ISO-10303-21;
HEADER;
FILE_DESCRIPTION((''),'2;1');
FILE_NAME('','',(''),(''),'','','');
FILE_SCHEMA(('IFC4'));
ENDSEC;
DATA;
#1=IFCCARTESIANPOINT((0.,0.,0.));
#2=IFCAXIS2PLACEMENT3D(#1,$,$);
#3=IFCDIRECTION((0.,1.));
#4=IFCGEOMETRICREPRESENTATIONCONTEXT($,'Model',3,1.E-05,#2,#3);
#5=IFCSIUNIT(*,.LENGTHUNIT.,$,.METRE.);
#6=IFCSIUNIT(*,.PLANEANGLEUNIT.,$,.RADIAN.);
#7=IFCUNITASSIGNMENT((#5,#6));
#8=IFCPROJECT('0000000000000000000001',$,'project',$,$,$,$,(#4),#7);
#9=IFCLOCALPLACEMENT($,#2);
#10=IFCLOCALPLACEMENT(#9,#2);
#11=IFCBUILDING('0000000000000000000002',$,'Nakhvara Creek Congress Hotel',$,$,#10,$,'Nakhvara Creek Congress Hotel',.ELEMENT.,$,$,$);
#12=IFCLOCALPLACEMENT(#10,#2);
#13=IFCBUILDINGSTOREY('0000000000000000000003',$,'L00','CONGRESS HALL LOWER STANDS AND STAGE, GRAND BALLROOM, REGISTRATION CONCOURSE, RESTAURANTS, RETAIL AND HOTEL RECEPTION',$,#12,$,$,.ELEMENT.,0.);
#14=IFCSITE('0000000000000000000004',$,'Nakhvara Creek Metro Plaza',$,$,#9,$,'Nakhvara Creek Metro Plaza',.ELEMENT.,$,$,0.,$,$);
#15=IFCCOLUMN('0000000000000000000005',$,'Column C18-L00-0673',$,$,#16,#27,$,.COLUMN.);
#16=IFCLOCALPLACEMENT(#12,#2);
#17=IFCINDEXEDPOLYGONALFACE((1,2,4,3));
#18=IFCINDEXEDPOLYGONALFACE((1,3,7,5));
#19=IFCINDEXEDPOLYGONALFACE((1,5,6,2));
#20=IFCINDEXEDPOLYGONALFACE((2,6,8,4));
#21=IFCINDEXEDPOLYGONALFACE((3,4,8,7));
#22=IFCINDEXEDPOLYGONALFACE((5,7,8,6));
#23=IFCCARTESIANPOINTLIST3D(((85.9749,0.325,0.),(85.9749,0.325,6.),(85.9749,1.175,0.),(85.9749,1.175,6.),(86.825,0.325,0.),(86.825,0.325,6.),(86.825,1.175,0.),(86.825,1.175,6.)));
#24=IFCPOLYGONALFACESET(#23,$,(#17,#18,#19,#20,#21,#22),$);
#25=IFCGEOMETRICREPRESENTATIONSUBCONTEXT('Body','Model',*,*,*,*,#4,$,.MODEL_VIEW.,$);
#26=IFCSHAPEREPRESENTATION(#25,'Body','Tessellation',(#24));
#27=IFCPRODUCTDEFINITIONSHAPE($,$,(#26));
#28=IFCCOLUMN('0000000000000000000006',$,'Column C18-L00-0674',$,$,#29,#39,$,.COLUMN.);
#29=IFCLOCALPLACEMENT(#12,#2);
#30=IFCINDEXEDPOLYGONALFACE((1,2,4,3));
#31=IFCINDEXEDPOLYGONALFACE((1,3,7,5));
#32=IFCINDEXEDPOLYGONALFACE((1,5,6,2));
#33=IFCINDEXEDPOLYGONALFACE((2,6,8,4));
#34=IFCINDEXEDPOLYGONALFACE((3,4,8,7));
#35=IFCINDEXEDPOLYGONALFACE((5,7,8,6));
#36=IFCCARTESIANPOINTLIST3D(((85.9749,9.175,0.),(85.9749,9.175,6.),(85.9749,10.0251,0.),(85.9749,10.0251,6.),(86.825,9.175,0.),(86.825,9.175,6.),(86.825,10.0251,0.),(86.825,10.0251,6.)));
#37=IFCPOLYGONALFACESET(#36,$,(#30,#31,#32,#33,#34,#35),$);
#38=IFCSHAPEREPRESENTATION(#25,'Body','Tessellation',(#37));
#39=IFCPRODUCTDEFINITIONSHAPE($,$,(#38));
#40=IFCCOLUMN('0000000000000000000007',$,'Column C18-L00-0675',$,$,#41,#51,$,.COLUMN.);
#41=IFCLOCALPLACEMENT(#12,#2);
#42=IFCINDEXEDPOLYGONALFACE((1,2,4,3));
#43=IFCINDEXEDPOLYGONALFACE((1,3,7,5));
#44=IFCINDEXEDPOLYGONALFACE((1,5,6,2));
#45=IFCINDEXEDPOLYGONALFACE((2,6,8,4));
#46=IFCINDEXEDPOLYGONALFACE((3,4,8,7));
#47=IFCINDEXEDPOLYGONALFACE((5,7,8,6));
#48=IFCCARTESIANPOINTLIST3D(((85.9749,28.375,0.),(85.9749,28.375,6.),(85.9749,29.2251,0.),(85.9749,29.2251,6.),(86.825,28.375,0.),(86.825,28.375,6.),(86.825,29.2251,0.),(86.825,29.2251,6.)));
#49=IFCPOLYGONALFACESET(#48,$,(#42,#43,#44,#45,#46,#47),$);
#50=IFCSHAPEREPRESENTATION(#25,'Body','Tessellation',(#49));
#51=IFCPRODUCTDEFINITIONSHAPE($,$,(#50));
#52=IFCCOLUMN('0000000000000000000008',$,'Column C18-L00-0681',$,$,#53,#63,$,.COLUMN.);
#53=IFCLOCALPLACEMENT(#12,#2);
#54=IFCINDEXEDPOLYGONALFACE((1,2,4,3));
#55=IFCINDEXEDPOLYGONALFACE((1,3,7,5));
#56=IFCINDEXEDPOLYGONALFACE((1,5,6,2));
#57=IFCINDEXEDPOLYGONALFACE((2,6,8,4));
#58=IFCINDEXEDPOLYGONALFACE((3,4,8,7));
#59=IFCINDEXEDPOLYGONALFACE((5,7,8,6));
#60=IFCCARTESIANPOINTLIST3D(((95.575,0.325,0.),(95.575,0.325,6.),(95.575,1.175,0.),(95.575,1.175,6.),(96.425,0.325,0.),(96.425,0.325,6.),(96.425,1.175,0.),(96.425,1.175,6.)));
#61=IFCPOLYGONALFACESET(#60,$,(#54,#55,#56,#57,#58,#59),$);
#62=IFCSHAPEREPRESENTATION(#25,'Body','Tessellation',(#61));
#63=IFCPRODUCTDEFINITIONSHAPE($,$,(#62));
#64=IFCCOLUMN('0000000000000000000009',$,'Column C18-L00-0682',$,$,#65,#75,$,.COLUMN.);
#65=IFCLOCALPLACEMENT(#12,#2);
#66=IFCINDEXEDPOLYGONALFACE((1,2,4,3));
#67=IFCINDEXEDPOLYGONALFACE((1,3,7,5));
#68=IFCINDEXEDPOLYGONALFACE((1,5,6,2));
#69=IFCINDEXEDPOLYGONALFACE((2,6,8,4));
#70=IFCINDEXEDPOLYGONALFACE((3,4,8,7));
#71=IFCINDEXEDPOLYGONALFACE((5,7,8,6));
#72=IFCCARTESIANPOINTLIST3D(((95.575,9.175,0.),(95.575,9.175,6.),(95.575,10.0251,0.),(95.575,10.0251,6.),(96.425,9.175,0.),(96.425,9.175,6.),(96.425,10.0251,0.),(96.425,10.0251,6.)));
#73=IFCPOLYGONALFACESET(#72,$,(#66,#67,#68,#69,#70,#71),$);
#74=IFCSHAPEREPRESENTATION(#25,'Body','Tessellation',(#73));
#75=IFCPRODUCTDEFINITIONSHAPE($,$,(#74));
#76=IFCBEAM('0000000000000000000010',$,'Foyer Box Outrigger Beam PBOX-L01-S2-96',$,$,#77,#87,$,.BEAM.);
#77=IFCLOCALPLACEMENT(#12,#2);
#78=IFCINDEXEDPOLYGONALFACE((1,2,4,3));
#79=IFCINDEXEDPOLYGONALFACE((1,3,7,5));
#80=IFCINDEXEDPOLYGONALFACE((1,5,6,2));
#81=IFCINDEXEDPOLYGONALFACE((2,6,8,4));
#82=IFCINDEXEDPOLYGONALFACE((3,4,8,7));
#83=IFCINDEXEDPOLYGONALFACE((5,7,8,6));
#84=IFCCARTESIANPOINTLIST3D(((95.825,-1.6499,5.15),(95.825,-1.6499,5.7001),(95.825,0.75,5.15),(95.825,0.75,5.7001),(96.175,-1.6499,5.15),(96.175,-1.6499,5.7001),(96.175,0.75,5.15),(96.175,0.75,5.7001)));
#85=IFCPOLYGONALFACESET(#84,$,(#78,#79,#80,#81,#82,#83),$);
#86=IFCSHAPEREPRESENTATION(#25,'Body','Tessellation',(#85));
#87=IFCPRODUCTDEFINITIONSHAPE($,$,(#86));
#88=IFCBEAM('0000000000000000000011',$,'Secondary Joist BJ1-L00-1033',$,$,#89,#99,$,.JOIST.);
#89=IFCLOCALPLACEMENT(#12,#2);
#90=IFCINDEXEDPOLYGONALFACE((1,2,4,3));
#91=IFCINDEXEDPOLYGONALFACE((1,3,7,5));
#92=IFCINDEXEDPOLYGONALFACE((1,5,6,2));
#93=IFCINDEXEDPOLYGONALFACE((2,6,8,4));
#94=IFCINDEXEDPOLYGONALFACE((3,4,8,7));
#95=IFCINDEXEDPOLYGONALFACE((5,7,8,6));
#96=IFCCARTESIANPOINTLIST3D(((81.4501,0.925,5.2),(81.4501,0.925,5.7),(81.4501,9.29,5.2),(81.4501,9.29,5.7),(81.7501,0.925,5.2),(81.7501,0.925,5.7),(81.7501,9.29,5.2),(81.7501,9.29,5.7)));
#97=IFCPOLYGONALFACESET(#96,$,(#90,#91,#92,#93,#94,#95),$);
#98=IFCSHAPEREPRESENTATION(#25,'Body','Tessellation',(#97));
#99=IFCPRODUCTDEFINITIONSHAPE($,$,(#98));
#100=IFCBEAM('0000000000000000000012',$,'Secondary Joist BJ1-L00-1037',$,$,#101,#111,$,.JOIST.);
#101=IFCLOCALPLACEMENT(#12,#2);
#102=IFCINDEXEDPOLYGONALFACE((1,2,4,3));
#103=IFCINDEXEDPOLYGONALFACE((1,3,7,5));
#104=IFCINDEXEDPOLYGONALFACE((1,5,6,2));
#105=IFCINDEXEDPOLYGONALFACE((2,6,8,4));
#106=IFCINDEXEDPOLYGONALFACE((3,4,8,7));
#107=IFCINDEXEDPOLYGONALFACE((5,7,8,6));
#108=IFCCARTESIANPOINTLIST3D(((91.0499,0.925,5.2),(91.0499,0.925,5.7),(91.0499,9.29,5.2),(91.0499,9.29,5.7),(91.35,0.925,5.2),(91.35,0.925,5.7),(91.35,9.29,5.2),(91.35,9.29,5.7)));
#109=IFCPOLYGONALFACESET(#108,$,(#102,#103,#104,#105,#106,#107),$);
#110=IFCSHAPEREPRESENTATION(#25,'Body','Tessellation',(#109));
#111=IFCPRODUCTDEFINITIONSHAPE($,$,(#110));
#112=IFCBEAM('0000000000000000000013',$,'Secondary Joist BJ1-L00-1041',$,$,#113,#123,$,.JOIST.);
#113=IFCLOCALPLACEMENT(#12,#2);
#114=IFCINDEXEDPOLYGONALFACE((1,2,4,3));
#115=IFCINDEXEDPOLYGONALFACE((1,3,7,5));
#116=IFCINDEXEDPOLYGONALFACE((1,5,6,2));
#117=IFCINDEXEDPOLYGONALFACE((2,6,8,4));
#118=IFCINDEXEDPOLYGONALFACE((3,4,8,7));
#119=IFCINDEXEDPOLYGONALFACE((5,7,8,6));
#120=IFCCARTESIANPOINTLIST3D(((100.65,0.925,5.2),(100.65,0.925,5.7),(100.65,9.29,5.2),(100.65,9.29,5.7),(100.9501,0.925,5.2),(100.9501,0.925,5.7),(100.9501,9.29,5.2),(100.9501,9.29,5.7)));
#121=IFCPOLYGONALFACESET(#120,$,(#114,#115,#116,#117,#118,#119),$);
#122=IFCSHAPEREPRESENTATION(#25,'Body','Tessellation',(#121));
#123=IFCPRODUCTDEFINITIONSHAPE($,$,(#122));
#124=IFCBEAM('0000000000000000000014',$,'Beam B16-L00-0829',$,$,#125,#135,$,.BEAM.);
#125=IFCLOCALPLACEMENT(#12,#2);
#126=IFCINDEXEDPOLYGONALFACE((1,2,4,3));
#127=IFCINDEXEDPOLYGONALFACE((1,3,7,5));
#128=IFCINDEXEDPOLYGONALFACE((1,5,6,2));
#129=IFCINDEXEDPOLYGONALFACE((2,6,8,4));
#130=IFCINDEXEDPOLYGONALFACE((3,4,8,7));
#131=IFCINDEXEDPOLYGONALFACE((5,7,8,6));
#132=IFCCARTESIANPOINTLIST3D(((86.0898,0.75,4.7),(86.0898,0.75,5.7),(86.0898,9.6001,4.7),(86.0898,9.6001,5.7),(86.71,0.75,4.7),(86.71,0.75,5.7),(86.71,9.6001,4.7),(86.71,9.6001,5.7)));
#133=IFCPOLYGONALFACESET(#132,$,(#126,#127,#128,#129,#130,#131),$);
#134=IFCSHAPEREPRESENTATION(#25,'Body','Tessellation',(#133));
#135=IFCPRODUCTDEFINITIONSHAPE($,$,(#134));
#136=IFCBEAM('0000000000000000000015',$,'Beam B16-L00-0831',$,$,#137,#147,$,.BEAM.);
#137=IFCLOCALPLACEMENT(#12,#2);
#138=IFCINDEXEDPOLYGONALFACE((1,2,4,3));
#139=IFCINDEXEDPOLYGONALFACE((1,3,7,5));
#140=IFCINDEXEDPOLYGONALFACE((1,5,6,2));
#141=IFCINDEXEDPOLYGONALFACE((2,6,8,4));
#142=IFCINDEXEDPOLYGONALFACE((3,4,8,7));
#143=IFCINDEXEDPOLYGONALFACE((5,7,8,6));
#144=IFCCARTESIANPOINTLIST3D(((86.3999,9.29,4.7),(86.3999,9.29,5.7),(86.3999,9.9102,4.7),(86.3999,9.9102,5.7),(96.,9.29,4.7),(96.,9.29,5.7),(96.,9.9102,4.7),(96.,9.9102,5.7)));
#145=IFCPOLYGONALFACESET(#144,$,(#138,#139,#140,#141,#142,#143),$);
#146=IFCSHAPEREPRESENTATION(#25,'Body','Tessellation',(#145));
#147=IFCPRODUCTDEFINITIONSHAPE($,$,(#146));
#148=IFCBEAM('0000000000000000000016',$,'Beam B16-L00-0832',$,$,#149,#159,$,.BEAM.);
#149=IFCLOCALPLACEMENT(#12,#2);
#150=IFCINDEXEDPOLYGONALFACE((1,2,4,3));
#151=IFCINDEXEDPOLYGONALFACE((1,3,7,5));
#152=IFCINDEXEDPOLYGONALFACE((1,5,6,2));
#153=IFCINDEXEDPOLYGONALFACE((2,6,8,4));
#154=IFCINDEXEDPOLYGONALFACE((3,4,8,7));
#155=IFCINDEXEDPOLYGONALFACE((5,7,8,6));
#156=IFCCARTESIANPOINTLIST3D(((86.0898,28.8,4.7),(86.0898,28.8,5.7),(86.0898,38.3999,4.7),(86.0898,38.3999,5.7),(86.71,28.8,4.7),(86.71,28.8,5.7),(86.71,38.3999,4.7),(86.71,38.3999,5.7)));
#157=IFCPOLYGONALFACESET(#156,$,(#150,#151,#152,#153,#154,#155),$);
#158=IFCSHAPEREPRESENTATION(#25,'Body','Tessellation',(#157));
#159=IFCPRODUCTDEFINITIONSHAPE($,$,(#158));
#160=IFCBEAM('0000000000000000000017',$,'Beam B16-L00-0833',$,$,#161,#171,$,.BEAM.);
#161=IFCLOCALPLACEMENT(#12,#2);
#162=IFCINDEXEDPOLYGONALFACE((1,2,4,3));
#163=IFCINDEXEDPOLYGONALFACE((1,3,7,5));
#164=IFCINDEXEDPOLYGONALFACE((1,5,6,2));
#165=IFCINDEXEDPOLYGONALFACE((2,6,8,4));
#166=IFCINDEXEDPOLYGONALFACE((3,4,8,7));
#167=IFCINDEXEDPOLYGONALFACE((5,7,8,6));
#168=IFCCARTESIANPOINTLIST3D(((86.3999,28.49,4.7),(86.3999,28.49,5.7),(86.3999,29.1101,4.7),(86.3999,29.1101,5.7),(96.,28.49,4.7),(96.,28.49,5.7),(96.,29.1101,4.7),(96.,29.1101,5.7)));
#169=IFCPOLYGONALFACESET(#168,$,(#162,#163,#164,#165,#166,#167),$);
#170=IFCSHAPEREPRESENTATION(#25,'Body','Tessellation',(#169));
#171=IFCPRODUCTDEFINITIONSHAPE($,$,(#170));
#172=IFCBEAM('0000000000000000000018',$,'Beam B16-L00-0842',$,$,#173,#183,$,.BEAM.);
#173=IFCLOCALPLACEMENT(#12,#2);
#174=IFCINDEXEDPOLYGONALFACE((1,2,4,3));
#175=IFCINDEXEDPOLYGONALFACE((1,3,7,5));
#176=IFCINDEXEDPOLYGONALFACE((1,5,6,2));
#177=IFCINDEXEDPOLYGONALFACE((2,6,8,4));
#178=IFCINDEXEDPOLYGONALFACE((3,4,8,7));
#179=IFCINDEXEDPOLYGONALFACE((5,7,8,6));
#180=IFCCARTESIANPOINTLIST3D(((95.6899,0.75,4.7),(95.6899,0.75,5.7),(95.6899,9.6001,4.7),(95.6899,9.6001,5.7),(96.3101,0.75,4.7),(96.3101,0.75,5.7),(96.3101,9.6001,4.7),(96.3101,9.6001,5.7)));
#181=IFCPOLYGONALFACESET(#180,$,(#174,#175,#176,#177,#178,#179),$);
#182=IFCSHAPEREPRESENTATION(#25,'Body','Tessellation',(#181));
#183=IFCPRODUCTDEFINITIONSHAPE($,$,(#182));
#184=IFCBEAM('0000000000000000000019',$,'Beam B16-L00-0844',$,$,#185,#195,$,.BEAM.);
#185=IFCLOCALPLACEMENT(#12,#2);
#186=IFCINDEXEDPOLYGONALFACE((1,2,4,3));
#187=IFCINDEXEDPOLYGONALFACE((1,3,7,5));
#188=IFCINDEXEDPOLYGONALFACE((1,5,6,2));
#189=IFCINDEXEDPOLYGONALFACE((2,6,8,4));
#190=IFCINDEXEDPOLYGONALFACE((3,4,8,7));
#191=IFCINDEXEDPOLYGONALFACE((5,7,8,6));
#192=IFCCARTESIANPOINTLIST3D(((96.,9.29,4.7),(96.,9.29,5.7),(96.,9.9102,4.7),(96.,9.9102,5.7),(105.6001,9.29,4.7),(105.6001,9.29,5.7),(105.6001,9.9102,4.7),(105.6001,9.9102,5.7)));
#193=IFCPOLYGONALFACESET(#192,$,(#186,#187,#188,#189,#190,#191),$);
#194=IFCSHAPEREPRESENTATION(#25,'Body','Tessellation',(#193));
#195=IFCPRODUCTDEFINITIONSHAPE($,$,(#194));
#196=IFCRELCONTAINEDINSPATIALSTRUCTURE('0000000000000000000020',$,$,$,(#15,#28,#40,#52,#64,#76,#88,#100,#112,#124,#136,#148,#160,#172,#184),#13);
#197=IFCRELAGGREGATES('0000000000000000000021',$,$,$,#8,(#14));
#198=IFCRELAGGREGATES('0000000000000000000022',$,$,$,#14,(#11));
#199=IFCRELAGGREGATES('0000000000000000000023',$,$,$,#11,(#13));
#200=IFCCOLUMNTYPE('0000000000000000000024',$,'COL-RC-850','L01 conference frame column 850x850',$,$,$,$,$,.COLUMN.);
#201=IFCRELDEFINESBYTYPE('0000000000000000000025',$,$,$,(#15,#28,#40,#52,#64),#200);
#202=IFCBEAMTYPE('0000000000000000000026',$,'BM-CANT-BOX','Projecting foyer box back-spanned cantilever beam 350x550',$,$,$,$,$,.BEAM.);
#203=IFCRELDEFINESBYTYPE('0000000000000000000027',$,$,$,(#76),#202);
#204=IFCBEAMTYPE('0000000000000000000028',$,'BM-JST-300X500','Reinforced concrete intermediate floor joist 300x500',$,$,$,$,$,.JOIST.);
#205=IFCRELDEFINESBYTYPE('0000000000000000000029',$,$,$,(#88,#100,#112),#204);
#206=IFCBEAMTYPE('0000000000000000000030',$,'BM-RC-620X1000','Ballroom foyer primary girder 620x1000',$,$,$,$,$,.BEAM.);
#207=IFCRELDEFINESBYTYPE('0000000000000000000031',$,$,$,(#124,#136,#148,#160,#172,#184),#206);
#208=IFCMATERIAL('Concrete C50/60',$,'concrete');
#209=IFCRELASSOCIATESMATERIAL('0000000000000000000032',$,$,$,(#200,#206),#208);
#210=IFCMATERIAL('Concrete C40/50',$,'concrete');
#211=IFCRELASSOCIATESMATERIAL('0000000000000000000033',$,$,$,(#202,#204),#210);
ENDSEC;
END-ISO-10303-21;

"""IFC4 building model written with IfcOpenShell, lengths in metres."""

from ifc_helpers import new_model, si_unit, direction, frame, origin, origin_2d, place, context, subcontext, project, spatial, rectangle, extrude, material, material_profile, profile_set, type_object, element, save


model = new_model("IFC4")

# Units and contexts
model_context = context("Model", 3, precision=1e-05, world=origin(), true_north=direction((0.0, 1.0)))
body_context = subcontext(model_context, "Body", "Model", "MODEL_VIEW")
ifc_project = project(units=[si_unit("LENGTHUNIT", "METRE"), si_unit("PLANEANGLEUNIT", "RADIAN")], contexts=[model_context])

# Site, building, storey
site_placement = place(None, origin())
site = spatial("IfcSite", under=ifc_project, at=site_placement, Name="Nakhvara Creek Metro Plaza", LongName="Nakhvara Creek Metro Plaza", CompositionType="ELEMENT", RefElevation=0.0)
building_placement = place(site_placement, origin())
building = spatial("IfcBuilding", under=site, at=building_placement, Name="Nakhvara Creek Congress Hotel", LongName="Nakhvara Creek Congress Hotel", CompositionType="ELEMENT")
storey_placement = place(building_placement, origin())
storey = spatial("IfcBuildingStorey", under=building, at=storey_placement, Name="L00", Description="CONGRESS HALL LOWER STANDS AND STAGE, GRAND BALLROOM, REGISTRATION CONCOURSE, RESTAURANTS, RETAIL AND HOTEL RECEPTION", CompositionType="ELEMENT", Elevation=0.0)

# Columns
ifc_material_1 = material(Name="Concrete C50/60", Category="concrete")
ifc_material_profile_1 = material_profile(ifc_material_1, rectangle(XDim=0.8501, YDim=0.8501, at=origin_2d()), Name="RC-COL 850x850", Category="LoadBearing")
ifc_profile_set_1 = profile_set([ifc_material_profile_1], Name="Concrete C50/60")
column_type = type_object("IfcColumnType", Name="COL-RC-850", Description="L01 conference frame column 850x850", PredefinedType="COLUMN", material=ifc_profile_set_1)
for number, where, z_axis, x_axis, name in (
    (1, (86.3999, 0.75, 0.0), (0.0, 0.0, 1.0), (1.0, 0.0, 0.0), "Column C18-L00-0673"),
    (2, (86.3999, 9.6001, 0.0), (0.0, 0.0, 1.0), (1.0, 0.0, 0.0), "Column C18-L00-0674"),
    (3, (86.3999, 28.8, 0.0), (0.0, 0.0, 1.0), (1.0, 0.0, 0.0), "Column C18-L00-0675"),
    (4, (96.0, 0.75, 0.0), (0.0, 0.0, 1.0), (1.0, 0.0, 0.0), "Column C18-L00-0681"),
    (5, (96.0, 9.6001, 0.0), (0.0, 0.0, 1.0), (1.0, 0.0, 0.0), "Column C18-L00-0682"),
):
    element("IfcColumn", number, at=place(storey_placement, frame(where, z_axis=z_axis, x_axis=x_axis)), inside=storey, type_object=column_type, Name=name, PredefinedType="COLUMN", context=body_context, shape_type="SweptSolid", body=[
        extrude(rectangle(XDim=0.8501, YDim=0.8501, at=origin_2d()), origin(), (0.0, 0.0, 1.0), 6.0),
    ])

# Beams
ifc_material_2 = material(Name="Concrete C40/50", Category="concrete")
ifc_material_profile_2 = material_profile(ifc_material_2, rectangle(XDim=0.3501, YDim=0.55, at=origin_2d()), Name="RC-BM 350x550", Category="LoadBearing")
ifc_profile_set_2 = profile_set([ifc_material_profile_2], Name="Concrete C40/50")
beam_type_1 = type_object("IfcBeamType", Name="BM-CANT-BOX", Description="Projecting foyer box back-spanned cantilever beam 350x550", PredefinedType="BEAM", material=ifc_profile_set_2)
beam_1_placement = place(storey_placement, frame((96.0, 0.75, 5.425), z_axis=(0.0, -1.0, 0.0), x_axis=(1.0, 0.0, 0.0)))
element("IfcBeam", 6, at=beam_1_placement, inside=storey, type_object=beam_type_1, Name="Foyer Box Outrigger Beam PBOX-L01-S2-96", PredefinedType="BEAM", context=body_context, shape_type="SweptSolid", body=[
    extrude(rectangle(XDim=0.3501, YDim=0.55, at=origin_2d()), origin(), (0.0, 0.0, 1.0), 2.3999),
])
ifc_material_profile_3 = material_profile(ifc_material_2, rectangle(XDim=0.3, YDim=0.5, at=origin_2d()), Name="RC-BM 300x500", Category="LoadBearing")
ifc_profile_set_3 = profile_set([ifc_material_profile_3], Name="Concrete C40/50")
beam_type_2 = type_object("IfcBeamType", Name="BM-JST-300X500", Description="Reinforced concrete intermediate floor joist 300x500", PredefinedType="JOIST", material=ifc_profile_set_3)
for number, where, z_axis, x_axis, name in (
    (7, (81.6001, 0.925, 5.45), (0.0, 1.0, 0.0), (-1.0, 0.0, 0.0), "Secondary Joist BJ1-L00-1033"),
    (8, (91.2, 0.925, 5.45), (0.0, 1.0, 0.0), (-1.0, 0.0, 0.0), "Secondary Joist BJ1-L00-1037"),
    (9, (100.8, 0.925, 5.45), (0.0, 1.0, 0.0), (-1.0, 0.0, 0.0), "Secondary Joist BJ1-L00-1041"),
):
    element("IfcBeam", number, at=place(storey_placement, frame(where, z_axis=z_axis, x_axis=x_axis)), inside=storey, type_object=beam_type_2, Name=name, PredefinedType="JOIST", context=body_context, shape_type="SweptSolid", body=[
        extrude(rectangle(XDim=0.3, YDim=0.5, at=origin_2d()), origin(), (0.0, 0.0, 1.0), 8.365),
    ])
ifc_material_profile_4 = material_profile(ifc_material_1, rectangle(XDim=0.6201, YDim=1.0, at=origin_2d()), Name="RC-BM 620x1000", Category="LoadBearing")
ifc_profile_set_4 = profile_set([ifc_material_profile_4], Name="Concrete C50/60")
beam_type_3 = type_object("IfcBeamType", Name="BM-RC-620X1000", Description="Ballroom foyer primary girder 620x1000", PredefinedType="BEAM", material=ifc_profile_set_4)
beam_2_placement = place(storey_placement, frame((86.3999, 0.75, 5.2), z_axis=(0.0, 1.0, 0.0), x_axis=(-1.0, 0.0, 0.0)))
element("IfcBeam", 10, at=beam_2_placement, inside=storey, type_object=beam_type_3, Name="Beam B16-L00-0829", PredefinedType="BEAM", context=body_context, shape_type="SweptSolid", body=[
    extrude(rectangle(XDim=0.6201, YDim=1.0, at=origin_2d()), origin(), (0.0, 0.0, 1.0), 8.8501),
])
beam_3_placement = place(storey_placement, frame((86.3999, 9.6001, 5.2), z_axis=(1.0, 0.0, 0.0), x_axis=(0.0, 1.0, 0.0)))
element("IfcBeam", 11, at=beam_3_placement, inside=storey, type_object=beam_type_3, Name="Beam B16-L00-0831", PredefinedType="BEAM", context=body_context, shape_type="SweptSolid", body=[
    extrude(rectangle(XDim=0.6201, YDim=1.0, at=origin_2d()), origin(), (0.0, 0.0, 1.0), 9.6001),
])
beam_4_placement = place(storey_placement, frame((86.3999, 28.8, 5.2), z_axis=(0.0, 1.0, 0.0), x_axis=(-1.0, 0.0, 0.0)))
element("IfcBeam", 12, at=beam_4_placement, inside=storey, type_object=beam_type_3, Name="Beam B16-L00-0832", PredefinedType="BEAM", context=body_context, shape_type="SweptSolid", body=[
    extrude(rectangle(XDim=0.6201, YDim=1.0, at=origin_2d()), origin(), (0.0, 0.0, 1.0), 9.5999),
])
beam_5_placement = place(storey_placement, frame((86.3999, 28.8, 5.2), z_axis=(1.0, 0.0, 0.0), x_axis=(0.0, 1.0, 0.0)))
element("IfcBeam", 13, at=beam_5_placement, inside=storey, type_object=beam_type_3, Name="Beam B16-L00-0833", PredefinedType="BEAM", context=body_context, shape_type="SweptSolid", body=[
    extrude(rectangle(XDim=0.6201, YDim=1.0, at=origin_2d()), origin(), (0.0, 0.0, 1.0), 9.6001),
])
beam_6_placement = place(storey_placement, frame((96.0, 0.75, 5.2), z_axis=(0.0, 1.0, 0.0), x_axis=(-1.0, 0.0, 0.0)))
element("IfcBeam", 14, at=beam_6_placement, inside=storey, type_object=beam_type_3, Name="Beam B16-L00-0842", PredefinedType="BEAM", context=body_context, shape_type="SweptSolid", body=[
    extrude(rectangle(XDim=0.6201, YDim=1.0, at=origin_2d()), origin(), (0.0, 0.0, 1.0), 8.8501),
])
beam_7_placement = place(storey_placement, frame((96.0, 9.6001, 5.2), z_axis=(1.0, 0.0, 0.0), x_axis=(0.0, 1.0, 0.0)))
element("IfcBeam", 15, at=beam_7_placement, inside=storey, type_object=beam_type_3, Name="Beam B16-L00-0844", PredefinedType="BEAM", context=body_context, shape_type="SweptSolid", body=[
    extrude(rectangle(XDim=0.6201, YDim=1.0, at=origin_2d()), origin(), (0.0, 0.0, 1.0), 9.6001),
])

save(model, "model.ifc")
